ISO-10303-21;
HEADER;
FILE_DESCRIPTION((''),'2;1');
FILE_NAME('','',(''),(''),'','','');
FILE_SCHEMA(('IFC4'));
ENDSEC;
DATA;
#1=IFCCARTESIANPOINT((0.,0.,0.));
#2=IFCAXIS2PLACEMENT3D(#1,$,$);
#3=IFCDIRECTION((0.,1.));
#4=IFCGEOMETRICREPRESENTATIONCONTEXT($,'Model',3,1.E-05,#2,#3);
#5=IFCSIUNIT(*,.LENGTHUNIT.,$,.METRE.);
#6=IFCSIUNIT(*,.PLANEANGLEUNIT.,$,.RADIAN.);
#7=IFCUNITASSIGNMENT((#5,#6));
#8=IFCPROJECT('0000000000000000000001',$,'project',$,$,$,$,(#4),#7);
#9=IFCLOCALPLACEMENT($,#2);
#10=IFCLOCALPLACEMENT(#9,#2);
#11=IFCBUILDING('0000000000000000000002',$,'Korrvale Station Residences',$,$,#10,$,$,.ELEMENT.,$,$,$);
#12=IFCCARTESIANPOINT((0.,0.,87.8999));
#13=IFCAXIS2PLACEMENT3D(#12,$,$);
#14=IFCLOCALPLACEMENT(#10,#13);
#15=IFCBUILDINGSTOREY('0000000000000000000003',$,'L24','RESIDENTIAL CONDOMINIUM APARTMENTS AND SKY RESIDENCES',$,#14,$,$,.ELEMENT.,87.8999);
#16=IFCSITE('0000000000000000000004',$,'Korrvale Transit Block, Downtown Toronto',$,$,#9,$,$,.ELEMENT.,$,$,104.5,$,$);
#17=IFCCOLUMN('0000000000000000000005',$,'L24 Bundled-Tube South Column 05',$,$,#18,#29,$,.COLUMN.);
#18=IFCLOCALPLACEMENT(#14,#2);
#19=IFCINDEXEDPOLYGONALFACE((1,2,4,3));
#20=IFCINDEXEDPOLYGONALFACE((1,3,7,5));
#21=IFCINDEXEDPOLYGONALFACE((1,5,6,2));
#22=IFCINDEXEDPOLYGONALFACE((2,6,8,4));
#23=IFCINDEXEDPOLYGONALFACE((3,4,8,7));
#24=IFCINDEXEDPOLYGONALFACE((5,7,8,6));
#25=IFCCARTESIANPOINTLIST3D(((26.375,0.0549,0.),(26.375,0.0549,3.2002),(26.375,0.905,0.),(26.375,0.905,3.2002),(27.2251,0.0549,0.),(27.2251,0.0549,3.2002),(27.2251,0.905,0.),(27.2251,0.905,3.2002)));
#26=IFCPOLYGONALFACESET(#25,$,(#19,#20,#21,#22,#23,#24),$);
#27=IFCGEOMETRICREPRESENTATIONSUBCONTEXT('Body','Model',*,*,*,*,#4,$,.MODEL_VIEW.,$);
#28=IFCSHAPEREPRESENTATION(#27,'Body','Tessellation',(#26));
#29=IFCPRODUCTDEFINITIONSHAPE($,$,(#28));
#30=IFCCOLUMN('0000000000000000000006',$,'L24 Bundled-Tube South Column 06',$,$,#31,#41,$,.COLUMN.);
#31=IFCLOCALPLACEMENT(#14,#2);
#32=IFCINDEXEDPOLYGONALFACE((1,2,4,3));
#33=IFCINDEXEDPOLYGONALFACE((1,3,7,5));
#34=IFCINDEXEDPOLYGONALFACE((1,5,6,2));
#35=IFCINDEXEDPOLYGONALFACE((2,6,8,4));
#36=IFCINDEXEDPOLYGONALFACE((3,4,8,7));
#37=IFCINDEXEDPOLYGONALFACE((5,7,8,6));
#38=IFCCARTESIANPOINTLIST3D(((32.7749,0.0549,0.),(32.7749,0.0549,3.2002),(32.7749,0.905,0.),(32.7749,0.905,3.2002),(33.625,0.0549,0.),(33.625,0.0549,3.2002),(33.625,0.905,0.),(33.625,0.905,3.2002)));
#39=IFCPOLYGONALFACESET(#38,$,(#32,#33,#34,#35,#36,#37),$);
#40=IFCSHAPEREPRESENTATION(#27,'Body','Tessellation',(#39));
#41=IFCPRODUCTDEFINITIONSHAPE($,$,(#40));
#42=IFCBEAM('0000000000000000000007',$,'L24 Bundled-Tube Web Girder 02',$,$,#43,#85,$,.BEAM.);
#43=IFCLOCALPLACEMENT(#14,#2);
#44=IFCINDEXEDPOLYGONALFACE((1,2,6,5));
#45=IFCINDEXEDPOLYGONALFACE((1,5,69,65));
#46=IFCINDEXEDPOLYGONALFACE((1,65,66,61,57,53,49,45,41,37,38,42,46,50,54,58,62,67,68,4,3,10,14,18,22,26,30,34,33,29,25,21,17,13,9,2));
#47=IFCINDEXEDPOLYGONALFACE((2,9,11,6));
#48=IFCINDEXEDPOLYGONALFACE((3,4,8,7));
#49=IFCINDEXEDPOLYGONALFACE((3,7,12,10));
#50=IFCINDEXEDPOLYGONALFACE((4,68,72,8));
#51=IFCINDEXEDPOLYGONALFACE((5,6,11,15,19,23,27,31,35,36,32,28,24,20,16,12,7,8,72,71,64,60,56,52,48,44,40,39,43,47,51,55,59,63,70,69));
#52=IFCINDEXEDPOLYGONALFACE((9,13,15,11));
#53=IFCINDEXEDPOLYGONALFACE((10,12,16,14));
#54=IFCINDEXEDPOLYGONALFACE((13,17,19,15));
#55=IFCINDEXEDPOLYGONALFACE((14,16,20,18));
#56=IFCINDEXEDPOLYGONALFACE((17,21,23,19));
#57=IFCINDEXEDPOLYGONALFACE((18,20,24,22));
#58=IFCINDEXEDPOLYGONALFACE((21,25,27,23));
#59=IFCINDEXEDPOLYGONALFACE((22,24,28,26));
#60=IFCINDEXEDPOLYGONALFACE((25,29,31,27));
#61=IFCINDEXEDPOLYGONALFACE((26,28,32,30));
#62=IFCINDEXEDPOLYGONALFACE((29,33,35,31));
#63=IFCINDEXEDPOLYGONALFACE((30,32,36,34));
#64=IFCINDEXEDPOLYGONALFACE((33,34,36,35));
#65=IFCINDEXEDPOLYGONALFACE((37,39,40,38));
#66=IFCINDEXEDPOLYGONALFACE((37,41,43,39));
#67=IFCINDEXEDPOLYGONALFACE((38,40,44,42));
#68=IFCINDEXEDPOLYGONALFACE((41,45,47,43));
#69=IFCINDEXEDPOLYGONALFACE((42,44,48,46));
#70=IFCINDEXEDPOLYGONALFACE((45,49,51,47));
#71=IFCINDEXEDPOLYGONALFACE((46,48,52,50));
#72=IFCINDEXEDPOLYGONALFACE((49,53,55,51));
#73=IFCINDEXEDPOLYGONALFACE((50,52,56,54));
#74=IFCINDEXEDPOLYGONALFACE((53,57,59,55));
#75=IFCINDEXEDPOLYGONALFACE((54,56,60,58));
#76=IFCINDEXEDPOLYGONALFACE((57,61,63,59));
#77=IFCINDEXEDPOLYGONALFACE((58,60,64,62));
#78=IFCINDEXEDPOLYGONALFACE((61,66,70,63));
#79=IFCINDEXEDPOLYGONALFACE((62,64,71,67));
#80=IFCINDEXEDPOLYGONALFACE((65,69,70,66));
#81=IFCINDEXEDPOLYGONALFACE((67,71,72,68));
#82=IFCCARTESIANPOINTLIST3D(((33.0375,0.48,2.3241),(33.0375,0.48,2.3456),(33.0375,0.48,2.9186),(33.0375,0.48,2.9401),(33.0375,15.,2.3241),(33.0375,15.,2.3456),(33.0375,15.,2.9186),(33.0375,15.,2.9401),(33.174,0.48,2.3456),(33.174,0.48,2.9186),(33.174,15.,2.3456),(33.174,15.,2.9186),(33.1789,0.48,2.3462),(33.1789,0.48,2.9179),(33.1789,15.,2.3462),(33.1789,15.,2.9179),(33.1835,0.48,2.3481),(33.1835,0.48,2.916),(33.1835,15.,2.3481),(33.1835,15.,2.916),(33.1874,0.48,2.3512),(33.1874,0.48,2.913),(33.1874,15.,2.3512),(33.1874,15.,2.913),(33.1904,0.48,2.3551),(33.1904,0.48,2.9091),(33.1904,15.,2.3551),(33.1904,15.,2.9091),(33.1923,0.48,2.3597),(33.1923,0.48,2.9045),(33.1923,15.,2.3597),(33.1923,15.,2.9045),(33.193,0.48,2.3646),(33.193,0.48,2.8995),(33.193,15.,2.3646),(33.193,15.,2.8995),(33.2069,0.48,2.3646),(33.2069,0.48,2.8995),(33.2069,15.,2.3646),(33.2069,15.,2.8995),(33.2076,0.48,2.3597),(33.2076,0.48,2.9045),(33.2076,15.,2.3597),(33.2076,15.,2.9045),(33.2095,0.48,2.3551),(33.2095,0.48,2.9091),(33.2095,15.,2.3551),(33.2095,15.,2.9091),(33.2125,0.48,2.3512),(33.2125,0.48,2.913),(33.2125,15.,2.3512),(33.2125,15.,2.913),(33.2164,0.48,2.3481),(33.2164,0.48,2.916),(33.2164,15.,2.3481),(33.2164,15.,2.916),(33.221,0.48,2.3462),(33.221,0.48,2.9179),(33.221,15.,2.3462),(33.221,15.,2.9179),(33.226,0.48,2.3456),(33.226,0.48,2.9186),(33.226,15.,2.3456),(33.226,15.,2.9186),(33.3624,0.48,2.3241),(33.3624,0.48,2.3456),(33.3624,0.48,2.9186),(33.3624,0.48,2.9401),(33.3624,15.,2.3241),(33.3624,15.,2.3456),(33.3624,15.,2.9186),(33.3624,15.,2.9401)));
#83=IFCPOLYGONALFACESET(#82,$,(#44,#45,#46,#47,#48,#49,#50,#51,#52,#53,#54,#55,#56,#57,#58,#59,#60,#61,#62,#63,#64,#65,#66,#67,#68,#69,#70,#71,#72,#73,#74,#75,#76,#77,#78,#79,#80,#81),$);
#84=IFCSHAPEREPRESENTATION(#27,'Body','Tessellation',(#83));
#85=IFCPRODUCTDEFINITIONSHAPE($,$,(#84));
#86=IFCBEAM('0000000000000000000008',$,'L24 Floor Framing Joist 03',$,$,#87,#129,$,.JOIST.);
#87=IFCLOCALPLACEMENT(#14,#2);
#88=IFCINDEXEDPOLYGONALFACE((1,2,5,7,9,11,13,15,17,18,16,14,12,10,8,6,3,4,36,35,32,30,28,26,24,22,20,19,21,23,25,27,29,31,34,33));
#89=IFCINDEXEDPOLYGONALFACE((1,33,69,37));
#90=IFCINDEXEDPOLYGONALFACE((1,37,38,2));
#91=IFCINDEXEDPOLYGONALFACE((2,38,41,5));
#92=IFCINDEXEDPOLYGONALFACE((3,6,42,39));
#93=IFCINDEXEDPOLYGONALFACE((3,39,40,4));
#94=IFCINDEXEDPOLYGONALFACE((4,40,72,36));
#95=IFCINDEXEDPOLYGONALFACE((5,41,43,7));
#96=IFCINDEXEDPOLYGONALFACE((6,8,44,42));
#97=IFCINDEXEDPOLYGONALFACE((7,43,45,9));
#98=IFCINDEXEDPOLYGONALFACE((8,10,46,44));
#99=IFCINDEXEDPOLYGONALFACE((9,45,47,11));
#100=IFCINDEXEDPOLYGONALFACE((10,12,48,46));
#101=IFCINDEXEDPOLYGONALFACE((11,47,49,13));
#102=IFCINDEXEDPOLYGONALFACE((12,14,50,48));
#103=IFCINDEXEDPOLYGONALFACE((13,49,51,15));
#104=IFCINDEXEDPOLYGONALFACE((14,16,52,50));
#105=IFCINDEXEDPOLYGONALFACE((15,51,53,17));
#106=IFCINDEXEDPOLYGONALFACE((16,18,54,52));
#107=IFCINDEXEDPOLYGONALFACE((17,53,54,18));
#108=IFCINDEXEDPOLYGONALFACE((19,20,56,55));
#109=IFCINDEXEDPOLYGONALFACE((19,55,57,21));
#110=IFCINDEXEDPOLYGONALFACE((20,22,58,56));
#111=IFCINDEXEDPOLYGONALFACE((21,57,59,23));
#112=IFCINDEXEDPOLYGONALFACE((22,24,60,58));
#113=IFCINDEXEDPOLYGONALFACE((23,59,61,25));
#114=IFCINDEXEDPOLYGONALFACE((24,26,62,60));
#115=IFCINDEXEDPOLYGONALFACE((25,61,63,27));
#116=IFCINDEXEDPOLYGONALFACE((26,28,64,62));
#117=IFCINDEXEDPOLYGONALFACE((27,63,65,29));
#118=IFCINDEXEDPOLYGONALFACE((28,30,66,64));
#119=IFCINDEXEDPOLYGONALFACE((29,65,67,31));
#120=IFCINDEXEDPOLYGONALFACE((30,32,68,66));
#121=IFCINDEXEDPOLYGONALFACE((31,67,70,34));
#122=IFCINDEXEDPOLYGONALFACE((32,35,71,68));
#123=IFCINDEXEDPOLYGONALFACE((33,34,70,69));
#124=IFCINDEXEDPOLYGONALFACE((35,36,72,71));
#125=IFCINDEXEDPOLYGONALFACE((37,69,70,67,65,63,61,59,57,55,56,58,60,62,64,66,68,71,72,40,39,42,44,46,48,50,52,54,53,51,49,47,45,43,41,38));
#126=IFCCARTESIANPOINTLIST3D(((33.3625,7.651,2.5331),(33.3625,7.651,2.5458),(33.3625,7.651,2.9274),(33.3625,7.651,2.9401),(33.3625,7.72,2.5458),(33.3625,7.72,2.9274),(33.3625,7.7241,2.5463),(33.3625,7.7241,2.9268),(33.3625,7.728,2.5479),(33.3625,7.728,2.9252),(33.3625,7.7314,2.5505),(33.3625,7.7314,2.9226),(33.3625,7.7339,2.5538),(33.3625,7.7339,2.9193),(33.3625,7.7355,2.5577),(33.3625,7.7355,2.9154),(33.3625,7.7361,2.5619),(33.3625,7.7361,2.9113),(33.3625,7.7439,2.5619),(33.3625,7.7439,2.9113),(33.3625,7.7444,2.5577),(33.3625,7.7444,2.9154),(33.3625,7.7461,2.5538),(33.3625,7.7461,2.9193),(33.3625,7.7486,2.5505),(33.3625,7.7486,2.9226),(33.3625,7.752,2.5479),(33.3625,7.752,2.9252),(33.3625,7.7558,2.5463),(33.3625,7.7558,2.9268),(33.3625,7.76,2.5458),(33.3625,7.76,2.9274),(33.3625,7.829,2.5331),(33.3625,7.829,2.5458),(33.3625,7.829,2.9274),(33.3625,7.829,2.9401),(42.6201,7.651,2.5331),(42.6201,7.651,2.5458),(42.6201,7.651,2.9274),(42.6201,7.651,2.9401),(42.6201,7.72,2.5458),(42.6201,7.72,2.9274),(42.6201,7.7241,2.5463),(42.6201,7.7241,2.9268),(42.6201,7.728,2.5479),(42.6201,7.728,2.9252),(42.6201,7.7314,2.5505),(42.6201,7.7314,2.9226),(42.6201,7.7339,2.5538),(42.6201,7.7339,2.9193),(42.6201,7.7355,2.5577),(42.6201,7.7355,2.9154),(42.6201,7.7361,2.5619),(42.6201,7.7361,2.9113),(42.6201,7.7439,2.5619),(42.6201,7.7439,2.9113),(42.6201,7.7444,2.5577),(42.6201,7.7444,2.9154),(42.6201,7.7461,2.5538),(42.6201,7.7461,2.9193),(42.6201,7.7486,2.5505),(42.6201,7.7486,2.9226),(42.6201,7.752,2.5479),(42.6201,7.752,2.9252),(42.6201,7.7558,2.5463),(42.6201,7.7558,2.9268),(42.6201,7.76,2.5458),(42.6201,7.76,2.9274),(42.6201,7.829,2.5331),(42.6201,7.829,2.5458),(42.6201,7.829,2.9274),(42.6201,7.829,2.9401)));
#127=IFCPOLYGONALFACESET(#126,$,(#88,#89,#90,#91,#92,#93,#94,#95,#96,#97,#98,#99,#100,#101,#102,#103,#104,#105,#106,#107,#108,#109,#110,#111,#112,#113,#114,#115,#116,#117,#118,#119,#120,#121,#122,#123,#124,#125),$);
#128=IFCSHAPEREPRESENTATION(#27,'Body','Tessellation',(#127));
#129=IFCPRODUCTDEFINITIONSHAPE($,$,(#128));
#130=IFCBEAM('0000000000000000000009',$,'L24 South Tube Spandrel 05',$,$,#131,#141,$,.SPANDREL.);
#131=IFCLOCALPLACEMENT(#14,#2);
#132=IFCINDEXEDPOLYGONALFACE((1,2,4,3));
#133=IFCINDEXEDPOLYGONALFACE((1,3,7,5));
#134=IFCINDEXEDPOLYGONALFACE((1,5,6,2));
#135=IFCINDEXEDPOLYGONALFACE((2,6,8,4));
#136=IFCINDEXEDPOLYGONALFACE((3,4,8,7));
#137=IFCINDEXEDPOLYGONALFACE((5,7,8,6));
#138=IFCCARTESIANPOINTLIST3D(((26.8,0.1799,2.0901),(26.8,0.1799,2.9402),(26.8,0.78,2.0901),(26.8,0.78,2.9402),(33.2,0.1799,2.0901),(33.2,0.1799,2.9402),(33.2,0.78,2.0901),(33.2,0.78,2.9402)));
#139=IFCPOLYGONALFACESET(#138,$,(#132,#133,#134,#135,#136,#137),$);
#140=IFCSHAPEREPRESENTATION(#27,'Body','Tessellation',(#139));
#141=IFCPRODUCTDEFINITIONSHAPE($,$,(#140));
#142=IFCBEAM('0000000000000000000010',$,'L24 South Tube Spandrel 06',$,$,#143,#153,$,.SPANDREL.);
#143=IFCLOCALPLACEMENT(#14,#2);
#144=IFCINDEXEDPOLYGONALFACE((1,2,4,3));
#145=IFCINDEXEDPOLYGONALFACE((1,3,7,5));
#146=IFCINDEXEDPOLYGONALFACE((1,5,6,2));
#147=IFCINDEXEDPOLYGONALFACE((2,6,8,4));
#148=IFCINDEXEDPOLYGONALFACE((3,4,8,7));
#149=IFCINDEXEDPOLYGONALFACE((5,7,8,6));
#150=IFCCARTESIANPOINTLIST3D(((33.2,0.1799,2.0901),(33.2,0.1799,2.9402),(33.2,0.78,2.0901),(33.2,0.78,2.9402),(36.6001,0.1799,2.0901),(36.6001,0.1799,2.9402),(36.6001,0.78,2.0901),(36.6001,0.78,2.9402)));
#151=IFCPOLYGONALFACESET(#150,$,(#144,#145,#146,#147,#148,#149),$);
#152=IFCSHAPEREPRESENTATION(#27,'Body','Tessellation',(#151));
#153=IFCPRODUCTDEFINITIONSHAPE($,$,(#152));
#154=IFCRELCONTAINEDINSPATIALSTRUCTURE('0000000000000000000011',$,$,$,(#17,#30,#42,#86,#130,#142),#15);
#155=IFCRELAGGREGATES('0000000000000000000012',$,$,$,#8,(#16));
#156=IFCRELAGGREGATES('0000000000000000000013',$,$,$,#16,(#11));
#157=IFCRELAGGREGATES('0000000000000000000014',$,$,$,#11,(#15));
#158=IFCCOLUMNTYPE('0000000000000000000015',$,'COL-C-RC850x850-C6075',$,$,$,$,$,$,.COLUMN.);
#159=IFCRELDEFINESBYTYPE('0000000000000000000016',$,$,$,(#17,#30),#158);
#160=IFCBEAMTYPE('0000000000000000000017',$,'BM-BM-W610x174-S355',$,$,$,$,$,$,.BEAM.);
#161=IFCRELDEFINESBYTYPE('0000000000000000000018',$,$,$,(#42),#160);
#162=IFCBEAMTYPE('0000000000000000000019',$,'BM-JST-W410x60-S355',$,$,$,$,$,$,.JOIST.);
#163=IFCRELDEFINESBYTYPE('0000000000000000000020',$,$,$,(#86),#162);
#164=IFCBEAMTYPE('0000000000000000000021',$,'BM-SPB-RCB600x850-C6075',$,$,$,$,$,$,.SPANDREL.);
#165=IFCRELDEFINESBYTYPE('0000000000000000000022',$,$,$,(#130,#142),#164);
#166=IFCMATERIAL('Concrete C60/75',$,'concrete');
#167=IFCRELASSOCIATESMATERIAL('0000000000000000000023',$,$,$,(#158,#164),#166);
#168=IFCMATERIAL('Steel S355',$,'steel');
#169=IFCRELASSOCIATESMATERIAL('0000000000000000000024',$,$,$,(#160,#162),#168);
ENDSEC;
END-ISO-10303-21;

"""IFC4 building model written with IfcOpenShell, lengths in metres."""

from ifc_helpers import new_model, si_unit, direction, frame, origin, origin_2d, place, context, subcontext, project, spatial, rectangle, i_section, extrude, material, material_profile, profile_set, type_object, element, save


model = new_model("IFC4")

# Units and contexts
model_context = context("Model", 3, precision=1e-05, world=origin(), true_north=direction((0.0, 1.0)))
body_context = subcontext(model_context, "Body", "Model", "MODEL_VIEW")
ifc_project = project(units=[si_unit("LENGTHUNIT", "METRE"), si_unit("PLANEANGLEUNIT", "RADIAN")], contexts=[model_context])

# Site, building, storey
site_placement = place(None, origin())
site = spatial("IfcSite", under=ifc_project, at=site_placement, Name="Korrvale Transit Block, Downtown Toronto", CompositionType="ELEMENT", RefElevation=104.5)
building_placement = place(site_placement, origin())
building = spatial("IfcBuilding", under=site, at=building_placement, Name="Korrvale Station Residences", CompositionType="ELEMENT")
storey_placement = place(building_placement, frame((0.0, 0.0, 87.8999)))
storey = spatial("IfcBuildingStorey", under=building, at=storey_placement, Name="L24", Description="RESIDENTIAL CONDOMINIUM APARTMENTS AND SKY RESIDENCES", CompositionType="ELEMENT", Elevation=87.8999)

# Columns
ifc_material_1 = material(Name="Concrete C60/75", Category="concrete")
ifc_material_profile_1 = material_profile(ifc_material_1, rectangle(XDim=0.8501, YDim=0.8501, at=origin_2d()), Name="RC850x850")
ifc_profile_set_1 = profile_set([ifc_material_profile_1], Name="Concrete C60/75")
column_type = type_object("IfcColumnType", Name="COL-C-RC850x850-C6075", PredefinedType="COLUMN", material=ifc_profile_set_1)
for number, where, z_axis, x_axis, name in (
    (1, (26.8, 0.48, 0.0), (0.0, 0.0, 1.0), (1.0, 0.0, 0.0), "L24 Bundled-Tube South Column 05"),
    (2, (33.2, 0.48, 0.0), (0.0, 0.0, 1.0), (1.0, 0.0, 0.0), "L24 Bundled-Tube South Column 06"),
):
    element("IfcColumn", number, at=place(storey_placement, frame(where, z_axis=z_axis, x_axis=x_axis)), inside=storey, type_object=column_type, Name=name, PredefinedType="COLUMN", context=body_context, shape_type="SweptSolid", body=[
        extrude(rectangle(XDim=0.8501, YDim=0.8501, at=origin_2d()), origin(), (0.0, 0.0, 1.0), 3.2002),
    ])

# Beams
ifc_material_2 = material(Name="Steel S355", Category="steel")
ifc_material_profile_2 = material_profile(ifc_material_2, i_section(OverallWidth=0.325, OverallDepth=0.616, WebThickness=0.0139, FlangeThickness=0.0215, FilletRadius=0.019, at=origin_2d()), Name="W610x174")
ifc_profile_set_2 = profile_set([ifc_material_profile_2], Name="Steel S355")
beam_type_1 = type_object("IfcBeamType", Name="BM-BM-W610x174-S355", PredefinedType="BEAM", material=ifc_profile_set_2)
beam_1_placement = place(storey_placement, frame((33.2, 0.48, 2.6321), z_axis=(0.0, 1.0, 0.0), x_axis=(-1.0, 0.0, 0.0)))
element("IfcBeam", 3, at=beam_1_placement, inside=storey, type_object=beam_type_1, Name="L24 Bundled-Tube Web Girder 02", PredefinedType="BEAM", context=body_context, shape_type="SweptSolid", body=[
    extrude(i_section(OverallWidth=0.325, OverallDepth=0.616, WebThickness=0.0139, FlangeThickness=0.0215, FilletRadius=0.019, at=origin_2d()), origin(), (0.0, 0.0, 1.0), 14.52),
])
ifc_material_profile_3 = material_profile(ifc_material_2, i_section(OverallWidth=0.178, OverallDepth=0.407, WebThickness=0.0078, FlangeThickness=0.0127, FilletRadius=0.0161, at=origin_2d()), Name="W410x60")
ifc_profile_set_3 = profile_set([ifc_material_profile_3], Name="Steel S355")
beam_type_2 = type_object("IfcBeamType", Name="BM-JST-W410x60-S355", PredefinedType="JOIST", material=ifc_profile_set_3)
beam_2_placement = place(storey_placement, frame((33.3625, 7.74, 2.7366), z_axis=(1.0, 0.0, 0.0), x_axis=(0.0, 1.0, 0.0)))
element("IfcBeam", 4, at=beam_2_placement, inside=storey, type_object=beam_type_2, Name="L24 Floor Framing Joist 03", PredefinedType="JOIST", context=body_context, shape_type="SweptSolid", body=[
    extrude(i_section(OverallWidth=0.178, OverallDepth=0.407, WebThickness=0.0078, FlangeThickness=0.0127, FilletRadius=0.0161, at=origin_2d()), origin(), (0.0, 0.0, 1.0), 9.2576),
])
ifc_material_profile_4 = material_profile(ifc_material_1, rectangle(XDim=0.6001, YDim=0.8501, at=origin_2d()), Name="RCB600x850")
ifc_profile_set_4 = profile_set([ifc_material_profile_4], Name="Concrete C60/75")
beam_type_3 = type_object("IfcBeamType", Name="BM-SPB-RCB600x850-C6075", PredefinedType="SPANDREL", material=ifc_profile_set_4)
beam_3_placement = place(storey_placement, frame((26.8, 0.48, 2.5151), z_axis=(1.0, 0.0, 0.0), x_axis=(0.0, 1.0, 0.0)))
element("IfcBeam", 5, at=beam_3_placement, inside=storey, type_object=beam_type_3, Name="L24 South Tube Spandrel 05", PredefinedType="SPANDREL", context=body_context, shape_type="SweptSolid", body=[
    extrude(rectangle(XDim=0.6001, YDim=0.8501, at=origin_2d()), origin(), (0.0, 0.0, 1.0), 6.3999),
])
beam_4_placement = place(storey_placement, frame((33.2, 0.48, 2.5151), z_axis=(1.0, 0.0, 0.0), x_axis=(0.0, 1.0, 0.0)))
element("IfcBeam", 6, at=beam_4_placement, inside=storey, type_object=beam_type_3, Name="L24 South Tube Spandrel 06", PredefinedType="SPANDREL", context=body_context, shape_type="SweptSolid", body=[
    extrude(rectangle(XDim=0.6001, YDim=0.8501, at=origin_2d()), origin(), (0.0, 0.0, 1.0), 3.4001),
])

save(model, "model.ifc")
